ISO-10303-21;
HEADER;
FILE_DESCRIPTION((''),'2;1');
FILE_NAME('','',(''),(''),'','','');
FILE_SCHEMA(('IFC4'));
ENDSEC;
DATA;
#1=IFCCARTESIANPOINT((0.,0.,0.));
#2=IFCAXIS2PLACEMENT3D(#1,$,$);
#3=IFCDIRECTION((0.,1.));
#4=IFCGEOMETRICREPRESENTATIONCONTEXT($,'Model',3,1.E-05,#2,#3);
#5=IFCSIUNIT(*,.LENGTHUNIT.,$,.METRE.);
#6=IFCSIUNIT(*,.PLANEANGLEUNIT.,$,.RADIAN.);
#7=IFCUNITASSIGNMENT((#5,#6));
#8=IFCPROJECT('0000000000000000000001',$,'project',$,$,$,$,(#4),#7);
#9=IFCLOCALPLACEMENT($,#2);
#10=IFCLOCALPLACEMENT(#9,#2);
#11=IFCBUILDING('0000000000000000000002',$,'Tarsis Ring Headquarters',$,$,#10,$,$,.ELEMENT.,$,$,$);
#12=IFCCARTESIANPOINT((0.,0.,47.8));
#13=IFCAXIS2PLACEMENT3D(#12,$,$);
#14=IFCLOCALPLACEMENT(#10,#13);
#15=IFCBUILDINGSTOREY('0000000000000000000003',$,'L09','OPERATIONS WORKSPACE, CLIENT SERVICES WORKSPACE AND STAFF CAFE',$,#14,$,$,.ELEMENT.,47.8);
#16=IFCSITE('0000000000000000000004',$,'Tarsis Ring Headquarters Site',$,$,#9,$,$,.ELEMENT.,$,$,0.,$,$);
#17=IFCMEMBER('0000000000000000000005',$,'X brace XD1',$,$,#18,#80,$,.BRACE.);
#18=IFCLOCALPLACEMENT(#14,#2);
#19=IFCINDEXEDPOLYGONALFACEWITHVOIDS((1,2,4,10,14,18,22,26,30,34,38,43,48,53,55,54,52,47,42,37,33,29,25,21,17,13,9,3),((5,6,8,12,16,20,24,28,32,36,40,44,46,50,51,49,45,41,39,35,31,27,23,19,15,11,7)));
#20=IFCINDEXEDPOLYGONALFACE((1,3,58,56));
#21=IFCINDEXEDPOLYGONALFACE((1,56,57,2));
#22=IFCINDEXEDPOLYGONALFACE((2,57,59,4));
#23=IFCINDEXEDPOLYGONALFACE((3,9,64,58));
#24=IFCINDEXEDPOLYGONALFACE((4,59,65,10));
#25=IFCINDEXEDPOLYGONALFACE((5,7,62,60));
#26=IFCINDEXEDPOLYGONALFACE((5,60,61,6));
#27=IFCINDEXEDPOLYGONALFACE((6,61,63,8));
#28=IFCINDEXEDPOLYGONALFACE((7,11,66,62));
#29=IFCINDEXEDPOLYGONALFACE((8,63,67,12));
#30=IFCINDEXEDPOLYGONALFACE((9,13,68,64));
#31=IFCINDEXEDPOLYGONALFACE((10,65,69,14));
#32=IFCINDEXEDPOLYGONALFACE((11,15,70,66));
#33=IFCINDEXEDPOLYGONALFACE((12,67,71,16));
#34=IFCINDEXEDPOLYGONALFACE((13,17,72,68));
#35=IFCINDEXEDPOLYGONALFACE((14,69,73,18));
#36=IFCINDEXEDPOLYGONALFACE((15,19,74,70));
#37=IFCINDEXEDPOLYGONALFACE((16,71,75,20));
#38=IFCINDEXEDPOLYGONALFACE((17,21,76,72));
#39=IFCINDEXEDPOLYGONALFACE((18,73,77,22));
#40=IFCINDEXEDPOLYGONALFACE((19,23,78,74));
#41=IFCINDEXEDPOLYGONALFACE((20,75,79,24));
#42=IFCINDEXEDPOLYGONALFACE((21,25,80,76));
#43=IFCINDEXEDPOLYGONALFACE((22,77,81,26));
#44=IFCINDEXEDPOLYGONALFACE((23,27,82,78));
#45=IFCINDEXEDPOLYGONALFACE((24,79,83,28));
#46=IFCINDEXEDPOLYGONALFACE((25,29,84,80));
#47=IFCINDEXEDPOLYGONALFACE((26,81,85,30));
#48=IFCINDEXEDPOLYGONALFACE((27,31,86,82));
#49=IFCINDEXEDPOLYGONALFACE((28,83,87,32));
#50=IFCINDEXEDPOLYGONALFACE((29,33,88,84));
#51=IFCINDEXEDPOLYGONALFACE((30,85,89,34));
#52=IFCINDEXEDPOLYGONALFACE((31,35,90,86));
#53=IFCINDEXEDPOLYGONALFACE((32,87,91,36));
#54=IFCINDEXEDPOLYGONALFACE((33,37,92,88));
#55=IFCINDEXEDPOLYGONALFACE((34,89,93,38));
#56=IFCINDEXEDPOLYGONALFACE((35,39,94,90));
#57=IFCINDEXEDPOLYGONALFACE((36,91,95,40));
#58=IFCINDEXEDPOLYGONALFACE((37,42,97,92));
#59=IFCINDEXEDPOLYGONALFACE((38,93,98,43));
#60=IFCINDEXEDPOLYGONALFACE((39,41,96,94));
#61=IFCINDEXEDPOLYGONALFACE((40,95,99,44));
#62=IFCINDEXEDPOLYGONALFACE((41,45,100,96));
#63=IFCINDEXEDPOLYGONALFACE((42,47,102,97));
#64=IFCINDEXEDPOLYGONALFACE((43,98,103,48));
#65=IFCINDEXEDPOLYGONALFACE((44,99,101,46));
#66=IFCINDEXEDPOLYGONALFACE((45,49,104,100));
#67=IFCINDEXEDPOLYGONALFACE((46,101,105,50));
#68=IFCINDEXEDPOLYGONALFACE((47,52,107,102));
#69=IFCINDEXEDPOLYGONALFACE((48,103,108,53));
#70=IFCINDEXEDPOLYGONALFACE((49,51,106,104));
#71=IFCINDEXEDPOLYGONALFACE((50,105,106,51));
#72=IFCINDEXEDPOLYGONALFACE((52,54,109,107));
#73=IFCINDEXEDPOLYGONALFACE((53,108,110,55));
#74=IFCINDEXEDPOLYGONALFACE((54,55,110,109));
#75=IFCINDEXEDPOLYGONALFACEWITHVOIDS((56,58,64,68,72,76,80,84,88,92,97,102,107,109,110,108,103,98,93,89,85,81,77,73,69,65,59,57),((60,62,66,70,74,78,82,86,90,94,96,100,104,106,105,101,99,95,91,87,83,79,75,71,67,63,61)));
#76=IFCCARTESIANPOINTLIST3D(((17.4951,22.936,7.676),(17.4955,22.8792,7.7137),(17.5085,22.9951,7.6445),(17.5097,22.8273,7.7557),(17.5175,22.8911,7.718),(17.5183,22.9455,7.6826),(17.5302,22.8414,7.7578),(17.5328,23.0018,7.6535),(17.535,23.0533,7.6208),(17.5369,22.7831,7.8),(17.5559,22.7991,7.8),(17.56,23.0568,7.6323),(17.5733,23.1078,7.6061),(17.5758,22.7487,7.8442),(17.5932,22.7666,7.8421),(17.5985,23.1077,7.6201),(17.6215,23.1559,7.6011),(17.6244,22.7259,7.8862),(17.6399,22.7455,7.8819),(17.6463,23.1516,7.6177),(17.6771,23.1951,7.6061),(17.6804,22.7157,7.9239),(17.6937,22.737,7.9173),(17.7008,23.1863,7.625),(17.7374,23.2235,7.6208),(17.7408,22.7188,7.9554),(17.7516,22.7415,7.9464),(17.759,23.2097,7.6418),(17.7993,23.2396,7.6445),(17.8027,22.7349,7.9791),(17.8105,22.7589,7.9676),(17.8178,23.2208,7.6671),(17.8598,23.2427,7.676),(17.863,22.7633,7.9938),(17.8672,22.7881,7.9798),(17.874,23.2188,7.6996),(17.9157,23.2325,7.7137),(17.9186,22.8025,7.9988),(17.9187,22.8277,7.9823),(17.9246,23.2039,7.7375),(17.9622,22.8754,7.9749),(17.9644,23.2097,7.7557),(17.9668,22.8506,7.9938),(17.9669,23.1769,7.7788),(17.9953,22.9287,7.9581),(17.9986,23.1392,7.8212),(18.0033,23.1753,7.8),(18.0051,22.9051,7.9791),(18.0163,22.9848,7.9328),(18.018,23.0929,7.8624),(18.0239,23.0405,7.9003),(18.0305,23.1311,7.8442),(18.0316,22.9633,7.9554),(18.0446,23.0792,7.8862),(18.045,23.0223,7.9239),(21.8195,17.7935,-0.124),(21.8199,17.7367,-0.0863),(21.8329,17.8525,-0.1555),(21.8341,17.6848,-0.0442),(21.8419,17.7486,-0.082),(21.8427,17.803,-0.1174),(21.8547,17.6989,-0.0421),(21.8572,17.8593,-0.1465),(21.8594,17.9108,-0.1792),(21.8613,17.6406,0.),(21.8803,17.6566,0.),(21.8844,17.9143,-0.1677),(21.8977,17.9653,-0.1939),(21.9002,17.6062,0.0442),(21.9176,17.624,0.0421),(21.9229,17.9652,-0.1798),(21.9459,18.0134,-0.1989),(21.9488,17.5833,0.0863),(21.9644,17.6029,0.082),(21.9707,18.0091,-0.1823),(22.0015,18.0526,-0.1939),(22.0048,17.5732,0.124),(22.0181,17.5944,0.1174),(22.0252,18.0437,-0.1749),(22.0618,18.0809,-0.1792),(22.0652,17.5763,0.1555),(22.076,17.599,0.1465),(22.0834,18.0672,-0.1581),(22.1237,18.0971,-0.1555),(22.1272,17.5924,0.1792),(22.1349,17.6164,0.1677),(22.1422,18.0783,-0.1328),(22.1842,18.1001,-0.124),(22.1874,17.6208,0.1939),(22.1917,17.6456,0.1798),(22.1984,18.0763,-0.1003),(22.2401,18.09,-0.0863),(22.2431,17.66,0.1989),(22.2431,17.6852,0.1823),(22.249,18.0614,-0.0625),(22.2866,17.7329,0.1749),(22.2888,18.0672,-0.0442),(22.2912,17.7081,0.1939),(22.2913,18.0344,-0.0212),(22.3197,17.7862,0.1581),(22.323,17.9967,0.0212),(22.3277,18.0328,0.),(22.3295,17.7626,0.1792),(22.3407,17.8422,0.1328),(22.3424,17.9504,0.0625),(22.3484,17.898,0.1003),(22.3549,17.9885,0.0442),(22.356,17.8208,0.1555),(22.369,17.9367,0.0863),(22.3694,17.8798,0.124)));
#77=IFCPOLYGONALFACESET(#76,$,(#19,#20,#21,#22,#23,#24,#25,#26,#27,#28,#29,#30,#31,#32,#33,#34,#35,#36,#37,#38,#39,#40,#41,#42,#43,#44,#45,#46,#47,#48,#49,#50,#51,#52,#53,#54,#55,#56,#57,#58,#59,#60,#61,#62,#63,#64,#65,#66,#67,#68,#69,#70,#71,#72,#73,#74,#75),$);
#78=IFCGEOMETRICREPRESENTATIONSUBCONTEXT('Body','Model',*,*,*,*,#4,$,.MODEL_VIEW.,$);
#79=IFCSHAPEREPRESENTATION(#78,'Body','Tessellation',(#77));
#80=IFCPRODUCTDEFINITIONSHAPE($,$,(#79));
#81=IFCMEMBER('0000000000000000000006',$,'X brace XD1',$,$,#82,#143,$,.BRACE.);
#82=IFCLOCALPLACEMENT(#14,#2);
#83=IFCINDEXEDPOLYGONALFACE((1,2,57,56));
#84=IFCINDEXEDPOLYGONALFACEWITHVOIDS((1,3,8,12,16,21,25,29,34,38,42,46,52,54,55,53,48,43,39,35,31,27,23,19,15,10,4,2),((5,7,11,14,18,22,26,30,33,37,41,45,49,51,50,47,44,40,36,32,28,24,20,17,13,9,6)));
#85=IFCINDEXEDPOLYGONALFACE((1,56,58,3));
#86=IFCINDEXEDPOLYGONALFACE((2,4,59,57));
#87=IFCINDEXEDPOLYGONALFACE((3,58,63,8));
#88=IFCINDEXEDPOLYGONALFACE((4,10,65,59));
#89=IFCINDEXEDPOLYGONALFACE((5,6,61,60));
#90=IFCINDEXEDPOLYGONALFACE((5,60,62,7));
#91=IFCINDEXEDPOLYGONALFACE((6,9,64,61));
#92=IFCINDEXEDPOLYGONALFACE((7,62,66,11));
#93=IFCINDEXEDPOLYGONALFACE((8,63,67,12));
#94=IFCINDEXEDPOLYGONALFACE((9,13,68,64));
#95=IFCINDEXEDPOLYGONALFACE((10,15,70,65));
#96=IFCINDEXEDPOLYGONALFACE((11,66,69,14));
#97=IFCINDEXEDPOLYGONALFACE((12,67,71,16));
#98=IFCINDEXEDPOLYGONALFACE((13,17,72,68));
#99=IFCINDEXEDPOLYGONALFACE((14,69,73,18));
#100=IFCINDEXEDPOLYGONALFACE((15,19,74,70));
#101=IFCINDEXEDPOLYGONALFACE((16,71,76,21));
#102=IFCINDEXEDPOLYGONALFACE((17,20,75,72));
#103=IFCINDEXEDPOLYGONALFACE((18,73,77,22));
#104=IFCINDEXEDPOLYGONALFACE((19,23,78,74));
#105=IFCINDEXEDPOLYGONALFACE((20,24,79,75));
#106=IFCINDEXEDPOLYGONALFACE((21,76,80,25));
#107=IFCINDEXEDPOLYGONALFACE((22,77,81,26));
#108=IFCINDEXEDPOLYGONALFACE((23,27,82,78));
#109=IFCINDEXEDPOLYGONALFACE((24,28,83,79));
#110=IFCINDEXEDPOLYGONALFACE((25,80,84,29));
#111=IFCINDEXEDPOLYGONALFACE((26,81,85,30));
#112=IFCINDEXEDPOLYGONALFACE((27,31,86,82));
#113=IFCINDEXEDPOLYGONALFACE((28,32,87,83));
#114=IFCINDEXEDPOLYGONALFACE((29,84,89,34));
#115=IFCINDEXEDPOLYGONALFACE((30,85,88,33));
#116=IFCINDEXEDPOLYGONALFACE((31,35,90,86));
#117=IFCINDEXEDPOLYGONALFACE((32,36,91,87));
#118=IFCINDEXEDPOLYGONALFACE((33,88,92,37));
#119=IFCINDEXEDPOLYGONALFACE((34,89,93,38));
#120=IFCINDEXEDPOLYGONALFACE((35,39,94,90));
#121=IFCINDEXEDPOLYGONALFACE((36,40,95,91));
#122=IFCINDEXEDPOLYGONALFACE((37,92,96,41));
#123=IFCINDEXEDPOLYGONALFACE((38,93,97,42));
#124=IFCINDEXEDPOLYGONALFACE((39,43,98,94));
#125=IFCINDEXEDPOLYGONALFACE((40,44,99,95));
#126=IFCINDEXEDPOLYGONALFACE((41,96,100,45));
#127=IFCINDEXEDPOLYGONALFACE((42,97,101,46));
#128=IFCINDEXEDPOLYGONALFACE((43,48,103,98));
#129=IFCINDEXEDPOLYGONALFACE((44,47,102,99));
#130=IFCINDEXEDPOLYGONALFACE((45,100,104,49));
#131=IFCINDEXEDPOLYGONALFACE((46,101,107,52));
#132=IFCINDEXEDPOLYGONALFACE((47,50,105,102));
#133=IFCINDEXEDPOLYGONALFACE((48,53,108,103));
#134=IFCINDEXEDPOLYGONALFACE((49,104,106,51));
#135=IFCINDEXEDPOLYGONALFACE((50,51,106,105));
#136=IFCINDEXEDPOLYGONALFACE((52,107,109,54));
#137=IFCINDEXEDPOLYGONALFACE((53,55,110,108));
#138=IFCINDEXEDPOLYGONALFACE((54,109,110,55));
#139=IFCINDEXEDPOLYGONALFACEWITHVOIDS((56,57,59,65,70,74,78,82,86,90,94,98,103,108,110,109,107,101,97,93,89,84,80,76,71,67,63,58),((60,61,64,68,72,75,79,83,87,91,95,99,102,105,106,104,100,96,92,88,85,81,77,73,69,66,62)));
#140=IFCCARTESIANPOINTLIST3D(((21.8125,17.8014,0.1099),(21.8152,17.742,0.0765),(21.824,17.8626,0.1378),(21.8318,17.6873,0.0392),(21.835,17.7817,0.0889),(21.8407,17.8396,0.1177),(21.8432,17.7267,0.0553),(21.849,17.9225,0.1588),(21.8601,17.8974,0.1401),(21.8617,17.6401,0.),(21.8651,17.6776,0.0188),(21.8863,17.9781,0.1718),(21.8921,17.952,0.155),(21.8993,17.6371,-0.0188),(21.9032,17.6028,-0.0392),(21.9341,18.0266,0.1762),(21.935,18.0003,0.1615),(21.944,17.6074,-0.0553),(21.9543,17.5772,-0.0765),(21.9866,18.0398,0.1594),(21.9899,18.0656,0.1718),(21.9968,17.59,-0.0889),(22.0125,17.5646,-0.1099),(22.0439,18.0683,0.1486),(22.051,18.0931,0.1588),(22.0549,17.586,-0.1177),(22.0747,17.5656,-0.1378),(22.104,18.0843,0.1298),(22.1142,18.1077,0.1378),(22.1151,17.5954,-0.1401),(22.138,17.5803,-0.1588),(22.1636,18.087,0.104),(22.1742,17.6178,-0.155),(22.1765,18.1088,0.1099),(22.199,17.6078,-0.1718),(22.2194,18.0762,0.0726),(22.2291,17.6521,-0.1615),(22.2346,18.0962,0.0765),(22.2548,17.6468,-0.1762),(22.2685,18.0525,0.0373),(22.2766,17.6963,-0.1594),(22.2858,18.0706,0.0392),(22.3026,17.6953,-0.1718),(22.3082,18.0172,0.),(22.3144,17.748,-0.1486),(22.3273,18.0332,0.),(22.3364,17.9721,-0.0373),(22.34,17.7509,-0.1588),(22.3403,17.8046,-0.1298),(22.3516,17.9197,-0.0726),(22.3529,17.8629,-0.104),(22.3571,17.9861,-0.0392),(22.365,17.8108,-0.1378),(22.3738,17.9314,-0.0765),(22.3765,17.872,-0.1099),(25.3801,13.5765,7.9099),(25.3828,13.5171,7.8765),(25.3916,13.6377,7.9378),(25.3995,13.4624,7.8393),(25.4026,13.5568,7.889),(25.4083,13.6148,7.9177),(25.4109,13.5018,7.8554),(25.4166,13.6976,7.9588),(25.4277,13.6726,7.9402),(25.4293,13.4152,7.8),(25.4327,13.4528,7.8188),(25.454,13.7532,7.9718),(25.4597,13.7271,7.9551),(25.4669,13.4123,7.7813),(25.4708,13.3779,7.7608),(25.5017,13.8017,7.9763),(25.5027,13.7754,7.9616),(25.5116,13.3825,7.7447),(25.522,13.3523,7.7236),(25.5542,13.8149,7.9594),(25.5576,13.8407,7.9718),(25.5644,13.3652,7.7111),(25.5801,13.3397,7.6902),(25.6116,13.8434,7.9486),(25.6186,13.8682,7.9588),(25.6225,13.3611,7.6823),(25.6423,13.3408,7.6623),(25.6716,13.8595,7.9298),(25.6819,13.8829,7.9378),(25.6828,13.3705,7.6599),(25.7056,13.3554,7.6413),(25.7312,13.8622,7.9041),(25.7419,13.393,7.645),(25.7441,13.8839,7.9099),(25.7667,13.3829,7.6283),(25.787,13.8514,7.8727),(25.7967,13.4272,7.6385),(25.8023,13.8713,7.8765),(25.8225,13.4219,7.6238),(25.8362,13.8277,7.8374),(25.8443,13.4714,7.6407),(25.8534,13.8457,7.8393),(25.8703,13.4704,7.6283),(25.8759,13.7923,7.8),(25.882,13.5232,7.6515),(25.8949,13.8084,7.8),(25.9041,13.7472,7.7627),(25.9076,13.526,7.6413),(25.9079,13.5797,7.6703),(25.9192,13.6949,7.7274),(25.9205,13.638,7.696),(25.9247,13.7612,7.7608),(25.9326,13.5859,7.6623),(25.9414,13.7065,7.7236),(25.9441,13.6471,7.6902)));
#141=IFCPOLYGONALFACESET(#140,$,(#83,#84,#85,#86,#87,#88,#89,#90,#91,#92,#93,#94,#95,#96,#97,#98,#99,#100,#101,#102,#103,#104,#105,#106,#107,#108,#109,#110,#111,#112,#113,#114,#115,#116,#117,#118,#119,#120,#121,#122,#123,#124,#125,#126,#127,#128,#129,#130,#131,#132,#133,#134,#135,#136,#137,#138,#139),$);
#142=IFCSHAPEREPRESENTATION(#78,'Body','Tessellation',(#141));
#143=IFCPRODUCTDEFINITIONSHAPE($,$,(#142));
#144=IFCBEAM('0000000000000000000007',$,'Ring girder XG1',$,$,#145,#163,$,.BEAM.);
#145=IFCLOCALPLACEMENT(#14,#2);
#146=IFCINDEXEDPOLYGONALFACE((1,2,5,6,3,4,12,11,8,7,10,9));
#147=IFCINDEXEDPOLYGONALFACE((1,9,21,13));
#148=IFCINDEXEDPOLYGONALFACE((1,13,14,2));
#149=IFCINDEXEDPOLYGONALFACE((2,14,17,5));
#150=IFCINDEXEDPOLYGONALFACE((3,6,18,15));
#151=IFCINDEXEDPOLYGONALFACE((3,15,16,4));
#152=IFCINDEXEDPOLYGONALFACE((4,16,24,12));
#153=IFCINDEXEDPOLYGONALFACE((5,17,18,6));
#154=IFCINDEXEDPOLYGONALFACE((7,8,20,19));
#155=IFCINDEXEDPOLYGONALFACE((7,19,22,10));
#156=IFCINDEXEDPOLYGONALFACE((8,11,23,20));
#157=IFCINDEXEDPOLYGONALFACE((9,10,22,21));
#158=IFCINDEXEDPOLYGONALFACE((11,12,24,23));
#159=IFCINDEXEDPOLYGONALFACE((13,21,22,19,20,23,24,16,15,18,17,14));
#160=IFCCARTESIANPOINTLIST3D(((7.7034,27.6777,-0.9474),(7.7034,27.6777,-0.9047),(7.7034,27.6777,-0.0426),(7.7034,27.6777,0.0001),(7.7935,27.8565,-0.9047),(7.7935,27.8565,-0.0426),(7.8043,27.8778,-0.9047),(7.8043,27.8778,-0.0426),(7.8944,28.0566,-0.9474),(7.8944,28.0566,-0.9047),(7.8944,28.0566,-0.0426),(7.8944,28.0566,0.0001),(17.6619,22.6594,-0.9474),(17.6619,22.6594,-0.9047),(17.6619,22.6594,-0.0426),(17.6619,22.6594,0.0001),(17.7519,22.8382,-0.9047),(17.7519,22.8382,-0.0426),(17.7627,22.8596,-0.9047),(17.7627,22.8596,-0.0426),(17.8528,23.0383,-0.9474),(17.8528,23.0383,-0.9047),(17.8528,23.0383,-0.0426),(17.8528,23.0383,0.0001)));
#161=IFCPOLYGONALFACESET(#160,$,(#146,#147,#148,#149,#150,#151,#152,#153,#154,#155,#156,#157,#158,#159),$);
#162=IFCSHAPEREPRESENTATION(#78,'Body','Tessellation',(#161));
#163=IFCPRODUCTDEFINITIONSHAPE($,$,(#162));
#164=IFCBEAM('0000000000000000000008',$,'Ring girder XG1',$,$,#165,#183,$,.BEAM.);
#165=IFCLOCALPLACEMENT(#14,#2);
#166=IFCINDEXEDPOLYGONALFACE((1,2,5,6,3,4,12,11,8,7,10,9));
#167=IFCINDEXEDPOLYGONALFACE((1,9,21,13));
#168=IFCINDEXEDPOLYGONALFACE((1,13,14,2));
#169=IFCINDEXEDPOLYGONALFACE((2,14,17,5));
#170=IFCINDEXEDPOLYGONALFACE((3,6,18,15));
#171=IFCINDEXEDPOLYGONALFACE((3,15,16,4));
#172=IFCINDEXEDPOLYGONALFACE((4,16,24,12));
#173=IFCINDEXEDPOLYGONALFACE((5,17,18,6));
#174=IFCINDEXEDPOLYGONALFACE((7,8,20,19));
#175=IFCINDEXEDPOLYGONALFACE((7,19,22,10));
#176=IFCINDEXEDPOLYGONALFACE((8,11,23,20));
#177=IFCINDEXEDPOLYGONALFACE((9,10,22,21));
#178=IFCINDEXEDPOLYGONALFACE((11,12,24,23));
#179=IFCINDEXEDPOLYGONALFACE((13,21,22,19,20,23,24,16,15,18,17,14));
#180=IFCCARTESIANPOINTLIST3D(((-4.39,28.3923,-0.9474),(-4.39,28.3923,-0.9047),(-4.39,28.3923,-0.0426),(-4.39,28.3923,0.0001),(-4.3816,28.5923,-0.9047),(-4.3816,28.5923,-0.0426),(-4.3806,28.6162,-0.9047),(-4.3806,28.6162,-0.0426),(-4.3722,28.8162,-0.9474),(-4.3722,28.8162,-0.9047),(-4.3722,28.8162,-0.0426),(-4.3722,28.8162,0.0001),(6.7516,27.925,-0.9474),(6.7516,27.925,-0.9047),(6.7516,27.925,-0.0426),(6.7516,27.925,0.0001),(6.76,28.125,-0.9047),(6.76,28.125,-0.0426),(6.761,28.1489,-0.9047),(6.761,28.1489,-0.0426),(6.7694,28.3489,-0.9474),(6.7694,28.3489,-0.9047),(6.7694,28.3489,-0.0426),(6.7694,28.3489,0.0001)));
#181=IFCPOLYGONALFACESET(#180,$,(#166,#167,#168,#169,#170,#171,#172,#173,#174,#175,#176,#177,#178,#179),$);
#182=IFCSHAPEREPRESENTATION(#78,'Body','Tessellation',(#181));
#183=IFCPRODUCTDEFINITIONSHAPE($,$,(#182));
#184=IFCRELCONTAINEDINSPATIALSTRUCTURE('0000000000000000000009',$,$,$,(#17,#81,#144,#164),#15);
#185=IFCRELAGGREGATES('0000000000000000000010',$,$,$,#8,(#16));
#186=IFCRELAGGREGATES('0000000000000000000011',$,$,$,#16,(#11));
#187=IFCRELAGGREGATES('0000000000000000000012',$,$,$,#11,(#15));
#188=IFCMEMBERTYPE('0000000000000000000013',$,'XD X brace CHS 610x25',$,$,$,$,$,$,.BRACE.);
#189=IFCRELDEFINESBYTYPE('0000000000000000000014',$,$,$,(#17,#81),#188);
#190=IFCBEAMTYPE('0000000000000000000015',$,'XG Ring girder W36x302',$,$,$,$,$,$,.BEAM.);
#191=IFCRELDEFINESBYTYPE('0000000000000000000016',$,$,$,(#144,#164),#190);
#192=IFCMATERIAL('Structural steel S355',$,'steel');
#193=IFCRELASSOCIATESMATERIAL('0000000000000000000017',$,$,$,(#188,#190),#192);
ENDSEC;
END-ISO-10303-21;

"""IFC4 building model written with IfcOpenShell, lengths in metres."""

from ifc_helpers import new_model, si_unit, direction, frame, origin, origin_2d, place, context, subcontext, project, spatial, hollow_circle, i_section, extrude, material, material_profile, profile_set, type_object, element, save


model = new_model("IFC4")

# Units and contexts
model_context = context("Model", 3, precision=1e-05, world=origin(), true_north=direction((0.0, 1.0)))
body_context = subcontext(model_context, "Body", "Model", "MODEL_VIEW")
ifc_project = project(units=[si_unit("LENGTHUNIT", "METRE"), si_unit("PLANEANGLEUNIT", "RADIAN")], contexts=[model_context])

# Site, building, storey
site_placement = place(None, origin())
site = spatial("IfcSite", under=ifc_project, at=site_placement, Name="Tarsis Ring Headquarters Site", CompositionType="ELEMENT", RefElevation=0.0)
building_placement = place(site_placement, origin())
building = spatial("IfcBuilding", under=site, at=building_placement, Name="Tarsis Ring Headquarters", CompositionType="ELEMENT")
storey_placement = place(building_placement, frame((0.0, 0.0, 47.8)))
storey = spatial("IfcBuildingStorey", under=building, at=storey_placement, Name="L09", Description="OPERATIONS WORKSPACE, CLIENT SERVICES WORKSPACE AND STAFF CAFE", CompositionType="ELEMENT", Elevation=47.8)

# Shared definitions
ifc_material_1 = material(Name="Structural steel S355", Category="steel")

# Members
ifc_material_profile_1 = material_profile(ifc_material_1, hollow_circle(Radius=0.3047, WallThickness=0.0249, at=origin_2d()), Name="CHS 610x25")
ifc_profile_set_1 = profile_set([ifc_material_profile_1], Name="Structural steel S355")
member_type = type_object("IfcMemberType", Name="XD X brace CHS 610x25", PredefinedType="BRACE", material=ifc_profile_set_1)
member_1_placement = place(storey_placement, frame((22.0945, 17.8367, 0.0), z_axis=(-0.420053, 0.49952, 0.757651), x_axis=(-0.76536, -0.643602, 0.0)))
element("IfcMember", 1, at=member_1_placement, inside=storey, type_object=member_type, Name="X brace XD1", PredefinedType="BRACE", context=body_context, shape_type="SweptSolid", body=[
    extrude(hollow_circle(Radius=0.3047, WallThickness=0.0249, at=origin_2d()), origin(), (0.0, 0.0, 1.0), 10.2949),
])
member_2_placement = place(storey_placement, frame((22.0945, 17.8367, 0.0), z_axis=(0.373133, -0.441871, 0.815795), x_axis=(0.764032, 0.645178, 0.0)))
element("IfcMember", 2, at=member_2_placement, inside=storey, type_object=member_type, Name="X brace XD1", PredefinedType="BRACE", context=body_context, shape_type="SweptSolid", body=[
    extrude(hollow_circle(Radius=0.3047, WallThickness=0.0249, at=origin_2d()), origin(), (0.0, 0.0, 1.0), 9.5613),
])

# Beams
ifc_material_profile_2 = material_profile(ifc_material_1, i_section(OverallWidth=0.4243, OverallDepth=0.9475, WebThickness=0.0239, FlangeThickness=0.0427, at=origin_2d()), Name="W36x302")
ifc_profile_set_2 = profile_set([ifc_material_profile_2], Name="Structural steel S355")
beam_type_1 = type_object("IfcBeamType", Name="XG Ring girder W36x302", PredefinedType="BEAM", material=ifc_profile_set_2)
for number, where, z_axis, x_axis, name in (
    (3, (17.7573, 22.8489, -0.4736), (-0.893022, 0.450014, 0.0), (-0.450014, -0.893022, 0.0), "Ring girder XG1"),
    (4, (6.7605, 28.137, -0.4736), (-0.999122, 0.041904, 0.0), (-0.041904, -0.999122, 0.0), "Ring girder XG1"),
):
    element("IfcBeam", number, at=place(storey_placement, frame(where, z_axis=z_axis, x_axis=x_axis)), inside=storey, type_object=beam_type_1, Name=name, PredefinedType="BEAM", context=body_context, shape_type="SweptSolid", body=[
        extrude(i_section(OverallWidth=0.4243, OverallDepth=0.9475, WebThickness=0.0239, FlangeThickness=0.0427, at=origin_2d()), origin(), (0.0, 0.0, 1.0), 11.1514),
    ])

save(model, "model.ifc")
